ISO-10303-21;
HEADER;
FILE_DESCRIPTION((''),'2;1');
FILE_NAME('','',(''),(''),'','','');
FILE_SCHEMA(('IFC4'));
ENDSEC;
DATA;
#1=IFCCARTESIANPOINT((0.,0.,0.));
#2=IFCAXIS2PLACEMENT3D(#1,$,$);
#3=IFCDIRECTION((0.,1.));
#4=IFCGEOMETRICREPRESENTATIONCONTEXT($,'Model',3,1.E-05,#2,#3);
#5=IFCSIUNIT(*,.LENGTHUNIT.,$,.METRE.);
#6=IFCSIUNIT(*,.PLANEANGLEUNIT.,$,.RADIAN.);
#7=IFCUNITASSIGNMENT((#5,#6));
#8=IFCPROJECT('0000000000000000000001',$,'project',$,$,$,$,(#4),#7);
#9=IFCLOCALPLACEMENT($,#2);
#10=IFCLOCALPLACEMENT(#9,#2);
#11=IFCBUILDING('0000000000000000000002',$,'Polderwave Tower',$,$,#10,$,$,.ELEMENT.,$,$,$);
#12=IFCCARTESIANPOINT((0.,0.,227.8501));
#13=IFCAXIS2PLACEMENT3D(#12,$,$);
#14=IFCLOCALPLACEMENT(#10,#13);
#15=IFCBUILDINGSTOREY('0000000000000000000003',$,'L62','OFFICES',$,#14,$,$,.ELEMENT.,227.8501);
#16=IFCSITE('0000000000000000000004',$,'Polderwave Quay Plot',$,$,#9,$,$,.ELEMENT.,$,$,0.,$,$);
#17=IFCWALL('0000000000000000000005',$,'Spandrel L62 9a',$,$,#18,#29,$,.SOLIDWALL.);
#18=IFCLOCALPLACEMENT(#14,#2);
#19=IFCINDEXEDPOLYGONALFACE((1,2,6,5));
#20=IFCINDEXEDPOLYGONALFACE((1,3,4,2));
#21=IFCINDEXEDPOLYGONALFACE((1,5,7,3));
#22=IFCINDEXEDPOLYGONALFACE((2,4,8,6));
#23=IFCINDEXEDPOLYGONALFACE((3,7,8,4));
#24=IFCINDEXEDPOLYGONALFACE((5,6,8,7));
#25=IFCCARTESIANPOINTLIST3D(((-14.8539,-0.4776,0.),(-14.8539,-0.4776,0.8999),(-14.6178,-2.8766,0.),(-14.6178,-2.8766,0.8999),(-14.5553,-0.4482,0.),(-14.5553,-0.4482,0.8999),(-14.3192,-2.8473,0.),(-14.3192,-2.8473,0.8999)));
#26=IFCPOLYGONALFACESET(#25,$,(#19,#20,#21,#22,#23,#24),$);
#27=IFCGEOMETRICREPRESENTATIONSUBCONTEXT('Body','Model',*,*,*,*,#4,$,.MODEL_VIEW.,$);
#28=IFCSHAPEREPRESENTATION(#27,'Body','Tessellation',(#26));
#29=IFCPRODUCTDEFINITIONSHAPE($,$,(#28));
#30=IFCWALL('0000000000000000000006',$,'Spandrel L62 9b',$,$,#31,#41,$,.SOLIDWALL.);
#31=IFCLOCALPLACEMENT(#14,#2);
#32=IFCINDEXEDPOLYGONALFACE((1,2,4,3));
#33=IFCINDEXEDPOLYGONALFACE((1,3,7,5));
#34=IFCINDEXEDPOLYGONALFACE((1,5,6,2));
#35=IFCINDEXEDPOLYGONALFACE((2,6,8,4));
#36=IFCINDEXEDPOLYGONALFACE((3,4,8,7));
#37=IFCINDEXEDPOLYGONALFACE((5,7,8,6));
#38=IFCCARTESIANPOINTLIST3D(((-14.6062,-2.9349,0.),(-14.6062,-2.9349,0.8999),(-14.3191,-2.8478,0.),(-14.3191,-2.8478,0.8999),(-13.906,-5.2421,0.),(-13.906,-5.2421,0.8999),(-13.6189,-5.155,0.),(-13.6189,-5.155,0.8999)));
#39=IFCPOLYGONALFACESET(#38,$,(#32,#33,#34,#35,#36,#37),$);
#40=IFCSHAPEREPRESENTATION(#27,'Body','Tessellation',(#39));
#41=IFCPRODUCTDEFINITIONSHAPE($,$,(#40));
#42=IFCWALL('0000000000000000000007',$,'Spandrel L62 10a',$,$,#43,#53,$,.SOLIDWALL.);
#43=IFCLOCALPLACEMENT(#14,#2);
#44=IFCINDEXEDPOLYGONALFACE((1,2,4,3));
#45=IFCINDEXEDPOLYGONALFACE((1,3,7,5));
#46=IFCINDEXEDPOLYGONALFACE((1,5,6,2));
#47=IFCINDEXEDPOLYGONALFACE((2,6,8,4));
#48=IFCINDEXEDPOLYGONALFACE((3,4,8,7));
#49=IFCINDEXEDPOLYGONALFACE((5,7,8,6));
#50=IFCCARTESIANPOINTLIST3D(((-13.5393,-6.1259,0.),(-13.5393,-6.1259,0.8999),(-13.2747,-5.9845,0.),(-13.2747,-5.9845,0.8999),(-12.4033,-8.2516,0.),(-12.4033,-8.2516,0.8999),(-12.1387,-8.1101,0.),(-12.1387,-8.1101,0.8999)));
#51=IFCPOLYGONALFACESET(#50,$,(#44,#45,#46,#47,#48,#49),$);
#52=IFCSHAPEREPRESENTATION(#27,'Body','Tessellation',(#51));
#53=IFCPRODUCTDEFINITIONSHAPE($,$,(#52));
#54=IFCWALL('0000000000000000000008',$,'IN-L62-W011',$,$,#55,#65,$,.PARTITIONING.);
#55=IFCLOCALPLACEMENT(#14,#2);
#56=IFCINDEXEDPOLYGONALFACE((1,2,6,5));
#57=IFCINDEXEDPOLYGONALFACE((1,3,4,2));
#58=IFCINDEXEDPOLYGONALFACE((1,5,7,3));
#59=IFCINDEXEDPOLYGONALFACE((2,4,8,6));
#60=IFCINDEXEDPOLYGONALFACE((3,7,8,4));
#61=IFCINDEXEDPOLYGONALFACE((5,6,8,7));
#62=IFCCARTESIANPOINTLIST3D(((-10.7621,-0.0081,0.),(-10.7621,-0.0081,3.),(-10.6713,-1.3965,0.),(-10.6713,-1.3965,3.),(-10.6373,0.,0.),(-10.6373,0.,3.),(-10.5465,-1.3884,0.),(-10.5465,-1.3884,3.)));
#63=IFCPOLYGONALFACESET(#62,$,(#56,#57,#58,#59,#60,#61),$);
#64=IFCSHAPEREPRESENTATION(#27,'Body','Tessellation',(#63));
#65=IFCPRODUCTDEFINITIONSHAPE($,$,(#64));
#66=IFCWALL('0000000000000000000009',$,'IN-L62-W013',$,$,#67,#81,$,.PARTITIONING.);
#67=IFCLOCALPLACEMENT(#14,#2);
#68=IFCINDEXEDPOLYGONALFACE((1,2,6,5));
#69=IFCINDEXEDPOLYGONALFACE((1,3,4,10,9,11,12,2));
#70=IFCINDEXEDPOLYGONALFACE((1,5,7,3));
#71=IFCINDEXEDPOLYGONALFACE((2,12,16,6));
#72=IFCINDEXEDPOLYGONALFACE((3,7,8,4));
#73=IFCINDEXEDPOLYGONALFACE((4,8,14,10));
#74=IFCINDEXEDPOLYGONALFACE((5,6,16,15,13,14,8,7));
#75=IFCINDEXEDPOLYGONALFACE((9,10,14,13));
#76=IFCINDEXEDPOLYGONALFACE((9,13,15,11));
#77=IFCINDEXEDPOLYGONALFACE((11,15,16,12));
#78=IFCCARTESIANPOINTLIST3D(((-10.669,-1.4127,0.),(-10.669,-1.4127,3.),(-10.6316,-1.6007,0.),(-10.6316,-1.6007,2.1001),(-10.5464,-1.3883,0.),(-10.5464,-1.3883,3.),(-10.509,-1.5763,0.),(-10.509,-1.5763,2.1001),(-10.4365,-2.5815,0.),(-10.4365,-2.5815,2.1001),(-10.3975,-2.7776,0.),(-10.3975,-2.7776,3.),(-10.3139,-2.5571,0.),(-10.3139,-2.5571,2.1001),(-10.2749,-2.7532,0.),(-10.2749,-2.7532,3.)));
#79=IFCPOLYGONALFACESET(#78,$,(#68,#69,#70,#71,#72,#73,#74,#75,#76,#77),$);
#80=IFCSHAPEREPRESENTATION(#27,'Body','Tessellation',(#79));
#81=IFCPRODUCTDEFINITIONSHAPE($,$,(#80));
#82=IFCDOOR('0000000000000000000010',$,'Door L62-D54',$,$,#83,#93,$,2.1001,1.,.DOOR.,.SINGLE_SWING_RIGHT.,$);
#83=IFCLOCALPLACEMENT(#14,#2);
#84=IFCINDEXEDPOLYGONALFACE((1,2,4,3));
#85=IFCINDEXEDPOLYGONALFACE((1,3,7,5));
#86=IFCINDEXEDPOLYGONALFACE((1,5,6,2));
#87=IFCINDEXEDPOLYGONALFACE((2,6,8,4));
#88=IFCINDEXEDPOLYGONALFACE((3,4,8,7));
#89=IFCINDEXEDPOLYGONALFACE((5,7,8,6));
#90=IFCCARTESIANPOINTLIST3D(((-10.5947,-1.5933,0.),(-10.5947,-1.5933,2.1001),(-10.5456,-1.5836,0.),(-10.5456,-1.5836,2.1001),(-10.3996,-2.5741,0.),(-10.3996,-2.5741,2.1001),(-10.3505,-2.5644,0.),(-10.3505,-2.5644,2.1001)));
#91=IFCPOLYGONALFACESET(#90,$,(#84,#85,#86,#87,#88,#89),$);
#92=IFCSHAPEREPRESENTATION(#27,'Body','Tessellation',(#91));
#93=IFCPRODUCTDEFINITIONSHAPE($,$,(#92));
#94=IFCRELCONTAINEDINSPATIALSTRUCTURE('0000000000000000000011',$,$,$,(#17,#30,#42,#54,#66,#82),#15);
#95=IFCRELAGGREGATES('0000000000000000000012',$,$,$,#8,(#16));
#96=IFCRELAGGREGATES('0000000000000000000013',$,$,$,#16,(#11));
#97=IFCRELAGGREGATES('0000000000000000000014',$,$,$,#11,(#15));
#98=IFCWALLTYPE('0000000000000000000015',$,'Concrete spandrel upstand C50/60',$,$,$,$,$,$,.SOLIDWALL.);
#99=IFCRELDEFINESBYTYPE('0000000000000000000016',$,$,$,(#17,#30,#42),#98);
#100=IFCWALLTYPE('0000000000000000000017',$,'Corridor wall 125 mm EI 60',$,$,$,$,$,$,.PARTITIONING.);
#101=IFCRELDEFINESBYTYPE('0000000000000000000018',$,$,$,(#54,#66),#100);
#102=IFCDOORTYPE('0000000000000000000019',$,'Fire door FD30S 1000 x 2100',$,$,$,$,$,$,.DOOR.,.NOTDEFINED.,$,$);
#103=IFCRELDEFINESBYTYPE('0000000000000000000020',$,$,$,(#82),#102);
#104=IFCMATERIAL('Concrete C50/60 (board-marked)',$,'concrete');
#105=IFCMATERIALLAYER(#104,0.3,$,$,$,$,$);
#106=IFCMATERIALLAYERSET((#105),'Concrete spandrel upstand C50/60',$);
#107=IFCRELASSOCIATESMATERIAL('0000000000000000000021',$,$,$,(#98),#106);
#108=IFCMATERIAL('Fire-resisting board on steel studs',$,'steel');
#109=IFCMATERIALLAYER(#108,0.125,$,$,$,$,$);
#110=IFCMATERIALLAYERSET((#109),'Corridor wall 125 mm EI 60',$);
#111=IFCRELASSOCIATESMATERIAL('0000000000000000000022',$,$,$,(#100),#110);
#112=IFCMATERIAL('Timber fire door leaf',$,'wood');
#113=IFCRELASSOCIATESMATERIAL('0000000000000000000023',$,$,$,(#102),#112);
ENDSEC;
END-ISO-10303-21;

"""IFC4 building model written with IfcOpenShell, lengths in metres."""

from ifc_helpers import new_model, si_unit, direction, frame, frame_2d, origin, place, context, subcontext, project, spatial, rectangle, extrude, material, layer, layer_set, type_object, element, fill, save


model = new_model("IFC4")

# Units and contexts
model_context = context("Model", 3, precision=1e-05, world=origin(), true_north=direction((0.0, 1.0)))
body_context = subcontext(model_context, "Body", "Model", "MODEL_VIEW")
ifc_project = project(units=[si_unit("LENGTHUNIT", "METRE"), si_unit("PLANEANGLEUNIT", "RADIAN")], contexts=[model_context])

# Site, building, storey
site_placement = place(None, origin())
site = spatial("IfcSite", under=ifc_project, at=site_placement, Name="Polderwave Quay Plot", CompositionType="ELEMENT", RefElevation=0.0)
building_placement = place(site_placement, origin())
building = spatial("IfcBuilding", under=site, at=building_placement, Name="Polderwave Tower", CompositionType="ELEMENT")
storey_placement = place(building_placement, frame((0.0, 0.0, 227.8501)))
storey = spatial("IfcBuildingStorey", under=building, at=storey_placement, Name="L62", Description="OFFICES", CompositionType="ELEMENT", Elevation=227.8501)

# Walls
ifc_material_1 = material(Name="Concrete C50/60 (board-marked)", Category="concrete")
ifc_layer_1 = layer(ifc_material_1, 0.3)
ifc_layer_set_1 = layer_set([ifc_layer_1], Name="Concrete spandrel upstand C50/60")
wall_type_1 = type_object("IfcWallType", Name="Concrete spandrel upstand C50/60", PredefinedType="SOLIDWALL", material=ifc_layer_set_1)
wall_1_placement = place(storey_placement, frame((-14.7046, -0.4629, 0.0), z_axis=(0.0, 0.0, 1.0), x_axis=(0.097929, -0.995193, 0.0)))
element("IfcWall", 1, at=wall_1_placement, inside=storey, type_object=wall_type_1, Name="Spandrel L62 9a", PredefinedType="SOLIDWALL", context=body_context, shape_type="SweptSolid", body=[
    extrude(rectangle(XDim=2.4106, YDim=0.3, at=frame_2d((1.2053, 0.0))), origin(), (0.0, 0.0, 1.0), 0.8999),
])
wall_2_placement = place(storey_placement, frame((-14.4626, -2.8914, 0.0), z_axis=(0.0, 0.0, 1.0), x_axis=(0.290412, -0.956902, 0.0)))
element("IfcWall", 2, at=wall_2_placement, inside=storey, type_object=wall_type_1, Name="Spandrel L62 9b", PredefinedType="SOLIDWALL", context=body_context, shape_type="SweptSolid", body=[
    extrude(rectangle(XDim=2.4111, YDim=0.3, at=frame_2d((1.2056, 0.0))), origin(), (0.0, 0.0, 1.0), 0.8999),
])
wall_3_placement = place(storey_placement, frame((-13.407, -6.0552, 0.0), z_axis=(0.0, 0.0, 1.0), x_axis=(0.471319, -0.881963, 0.0)))
element("IfcWall", 3, at=wall_3_placement, inside=storey, type_object=wall_type_1, Name="Spandrel L62 10a", PredefinedType="SOLIDWALL", context=body_context, shape_type="SweptSolid", body=[
    extrude(rectangle(XDim=2.4102, YDim=0.3, at=frame_2d((1.2051, 0.0))), origin(), (0.0, 0.0, 1.0), 0.8999),
])
ifc_material_2 = material(Name="Fire-resisting board on steel studs", Category="steel")
ifc_layer_2 = layer(ifc_material_2, 0.125)
ifc_layer_set_2 = layer_set([ifc_layer_2], Name="Corridor wall 125 mm EI 60")
wall_type_2 = type_object("IfcWallType", Name="Corridor wall 125 mm EI 60", PredefinedType="PARTITIONING", material=ifc_layer_set_2)
wall_4_placement = place(storey_placement, frame((-10.6089, -1.3926, 0.0), z_axis=(0.0, 0.0, 1.0), x_axis=(-0.065273, 0.997867, 0.0)))
element("IfcWall", 4, at=wall_4_placement, inside=storey, type_object=wall_type_2, Name="IN-L62-W011", PredefinedType="PARTITIONING", context=body_context, shape_type="SweptSolid", body=[
    extrude(rectangle(XDim=1.3914, YDim=0.125, at=frame_2d((0.6958, 0.0))), origin(), (0.0, 0.0, 1.0), 3.0),
])

# Wall, opening, door
wall_5_placement = place(storey_placement, frame((-10.3362, -2.7654, 0.0), z_axis=(0.0, 0.0, 1.0), x_axis=(-0.195104, 0.980783, 0.0)))
wall_5 = element("IfcWall", 5, at=wall_5_placement, inside=storey, type_object=wall_type_2, Name="IN-L62-W013", PredefinedType="PARTITIONING", context=body_context, shape_type="SweptSolid", body=[
    extrude(rectangle(XDim=1.3916, YDim=0.125, at=frame_2d((0.6958, 0.0))), origin(), (0.0, 0.0, 1.0), 3.0),
])
opening_placement = place(wall_5_placement, frame((0.2, 0.0, 0.0)))
opening = element("IfcOpeningElement", 6, at=opening_placement, cuts=wall_5, PredefinedType="OPENING", context=body_context, shape_type="SweptSolid", body=[
    extrude(rectangle(XDim=1.0, YDim=2.1001, at=frame_2d((0.5, 1.05))), frame((0.0, 0.0725, 0.0), z_axis=(0.0, -1.0, 0.0), x_axis=(1.0, 0.0, 0.0)), (0.0, 0.0, 1.0), 0.145),
])
ifc_material_3 = material(Name="Timber fire door leaf", Category="wood")
door_type = type_object("IfcDoorType", Name="Fire door FD30S 1000 x 2100", OperationType="NOTDEFINED", PredefinedType="DOOR", material=ifc_material_3)
door_placement = place(opening_placement, origin())
door = element("IfcDoor", 7, at=door_placement, inside=storey, type_object=door_type, Name="Door L62-D54", OperationType="SINGLE_SWING_RIGHT", OverallHeight=2.1001, OverallWidth=1.0, PredefinedType="DOOR", context=body_context, shape_type="SweptSolid", body=[
    extrude(rectangle(XDim=1.0, YDim=2.1001, at=frame_2d((0.5, 1.05))), frame((0.0, 0.0249, 0.0), z_axis=(0.0, -1.0, 0.0), x_axis=(1.0, 0.0, 0.0)), (0.0, 0.0, 1.0), 0.05),
])
fill(opening, door)

save(model, "model.ifc")
